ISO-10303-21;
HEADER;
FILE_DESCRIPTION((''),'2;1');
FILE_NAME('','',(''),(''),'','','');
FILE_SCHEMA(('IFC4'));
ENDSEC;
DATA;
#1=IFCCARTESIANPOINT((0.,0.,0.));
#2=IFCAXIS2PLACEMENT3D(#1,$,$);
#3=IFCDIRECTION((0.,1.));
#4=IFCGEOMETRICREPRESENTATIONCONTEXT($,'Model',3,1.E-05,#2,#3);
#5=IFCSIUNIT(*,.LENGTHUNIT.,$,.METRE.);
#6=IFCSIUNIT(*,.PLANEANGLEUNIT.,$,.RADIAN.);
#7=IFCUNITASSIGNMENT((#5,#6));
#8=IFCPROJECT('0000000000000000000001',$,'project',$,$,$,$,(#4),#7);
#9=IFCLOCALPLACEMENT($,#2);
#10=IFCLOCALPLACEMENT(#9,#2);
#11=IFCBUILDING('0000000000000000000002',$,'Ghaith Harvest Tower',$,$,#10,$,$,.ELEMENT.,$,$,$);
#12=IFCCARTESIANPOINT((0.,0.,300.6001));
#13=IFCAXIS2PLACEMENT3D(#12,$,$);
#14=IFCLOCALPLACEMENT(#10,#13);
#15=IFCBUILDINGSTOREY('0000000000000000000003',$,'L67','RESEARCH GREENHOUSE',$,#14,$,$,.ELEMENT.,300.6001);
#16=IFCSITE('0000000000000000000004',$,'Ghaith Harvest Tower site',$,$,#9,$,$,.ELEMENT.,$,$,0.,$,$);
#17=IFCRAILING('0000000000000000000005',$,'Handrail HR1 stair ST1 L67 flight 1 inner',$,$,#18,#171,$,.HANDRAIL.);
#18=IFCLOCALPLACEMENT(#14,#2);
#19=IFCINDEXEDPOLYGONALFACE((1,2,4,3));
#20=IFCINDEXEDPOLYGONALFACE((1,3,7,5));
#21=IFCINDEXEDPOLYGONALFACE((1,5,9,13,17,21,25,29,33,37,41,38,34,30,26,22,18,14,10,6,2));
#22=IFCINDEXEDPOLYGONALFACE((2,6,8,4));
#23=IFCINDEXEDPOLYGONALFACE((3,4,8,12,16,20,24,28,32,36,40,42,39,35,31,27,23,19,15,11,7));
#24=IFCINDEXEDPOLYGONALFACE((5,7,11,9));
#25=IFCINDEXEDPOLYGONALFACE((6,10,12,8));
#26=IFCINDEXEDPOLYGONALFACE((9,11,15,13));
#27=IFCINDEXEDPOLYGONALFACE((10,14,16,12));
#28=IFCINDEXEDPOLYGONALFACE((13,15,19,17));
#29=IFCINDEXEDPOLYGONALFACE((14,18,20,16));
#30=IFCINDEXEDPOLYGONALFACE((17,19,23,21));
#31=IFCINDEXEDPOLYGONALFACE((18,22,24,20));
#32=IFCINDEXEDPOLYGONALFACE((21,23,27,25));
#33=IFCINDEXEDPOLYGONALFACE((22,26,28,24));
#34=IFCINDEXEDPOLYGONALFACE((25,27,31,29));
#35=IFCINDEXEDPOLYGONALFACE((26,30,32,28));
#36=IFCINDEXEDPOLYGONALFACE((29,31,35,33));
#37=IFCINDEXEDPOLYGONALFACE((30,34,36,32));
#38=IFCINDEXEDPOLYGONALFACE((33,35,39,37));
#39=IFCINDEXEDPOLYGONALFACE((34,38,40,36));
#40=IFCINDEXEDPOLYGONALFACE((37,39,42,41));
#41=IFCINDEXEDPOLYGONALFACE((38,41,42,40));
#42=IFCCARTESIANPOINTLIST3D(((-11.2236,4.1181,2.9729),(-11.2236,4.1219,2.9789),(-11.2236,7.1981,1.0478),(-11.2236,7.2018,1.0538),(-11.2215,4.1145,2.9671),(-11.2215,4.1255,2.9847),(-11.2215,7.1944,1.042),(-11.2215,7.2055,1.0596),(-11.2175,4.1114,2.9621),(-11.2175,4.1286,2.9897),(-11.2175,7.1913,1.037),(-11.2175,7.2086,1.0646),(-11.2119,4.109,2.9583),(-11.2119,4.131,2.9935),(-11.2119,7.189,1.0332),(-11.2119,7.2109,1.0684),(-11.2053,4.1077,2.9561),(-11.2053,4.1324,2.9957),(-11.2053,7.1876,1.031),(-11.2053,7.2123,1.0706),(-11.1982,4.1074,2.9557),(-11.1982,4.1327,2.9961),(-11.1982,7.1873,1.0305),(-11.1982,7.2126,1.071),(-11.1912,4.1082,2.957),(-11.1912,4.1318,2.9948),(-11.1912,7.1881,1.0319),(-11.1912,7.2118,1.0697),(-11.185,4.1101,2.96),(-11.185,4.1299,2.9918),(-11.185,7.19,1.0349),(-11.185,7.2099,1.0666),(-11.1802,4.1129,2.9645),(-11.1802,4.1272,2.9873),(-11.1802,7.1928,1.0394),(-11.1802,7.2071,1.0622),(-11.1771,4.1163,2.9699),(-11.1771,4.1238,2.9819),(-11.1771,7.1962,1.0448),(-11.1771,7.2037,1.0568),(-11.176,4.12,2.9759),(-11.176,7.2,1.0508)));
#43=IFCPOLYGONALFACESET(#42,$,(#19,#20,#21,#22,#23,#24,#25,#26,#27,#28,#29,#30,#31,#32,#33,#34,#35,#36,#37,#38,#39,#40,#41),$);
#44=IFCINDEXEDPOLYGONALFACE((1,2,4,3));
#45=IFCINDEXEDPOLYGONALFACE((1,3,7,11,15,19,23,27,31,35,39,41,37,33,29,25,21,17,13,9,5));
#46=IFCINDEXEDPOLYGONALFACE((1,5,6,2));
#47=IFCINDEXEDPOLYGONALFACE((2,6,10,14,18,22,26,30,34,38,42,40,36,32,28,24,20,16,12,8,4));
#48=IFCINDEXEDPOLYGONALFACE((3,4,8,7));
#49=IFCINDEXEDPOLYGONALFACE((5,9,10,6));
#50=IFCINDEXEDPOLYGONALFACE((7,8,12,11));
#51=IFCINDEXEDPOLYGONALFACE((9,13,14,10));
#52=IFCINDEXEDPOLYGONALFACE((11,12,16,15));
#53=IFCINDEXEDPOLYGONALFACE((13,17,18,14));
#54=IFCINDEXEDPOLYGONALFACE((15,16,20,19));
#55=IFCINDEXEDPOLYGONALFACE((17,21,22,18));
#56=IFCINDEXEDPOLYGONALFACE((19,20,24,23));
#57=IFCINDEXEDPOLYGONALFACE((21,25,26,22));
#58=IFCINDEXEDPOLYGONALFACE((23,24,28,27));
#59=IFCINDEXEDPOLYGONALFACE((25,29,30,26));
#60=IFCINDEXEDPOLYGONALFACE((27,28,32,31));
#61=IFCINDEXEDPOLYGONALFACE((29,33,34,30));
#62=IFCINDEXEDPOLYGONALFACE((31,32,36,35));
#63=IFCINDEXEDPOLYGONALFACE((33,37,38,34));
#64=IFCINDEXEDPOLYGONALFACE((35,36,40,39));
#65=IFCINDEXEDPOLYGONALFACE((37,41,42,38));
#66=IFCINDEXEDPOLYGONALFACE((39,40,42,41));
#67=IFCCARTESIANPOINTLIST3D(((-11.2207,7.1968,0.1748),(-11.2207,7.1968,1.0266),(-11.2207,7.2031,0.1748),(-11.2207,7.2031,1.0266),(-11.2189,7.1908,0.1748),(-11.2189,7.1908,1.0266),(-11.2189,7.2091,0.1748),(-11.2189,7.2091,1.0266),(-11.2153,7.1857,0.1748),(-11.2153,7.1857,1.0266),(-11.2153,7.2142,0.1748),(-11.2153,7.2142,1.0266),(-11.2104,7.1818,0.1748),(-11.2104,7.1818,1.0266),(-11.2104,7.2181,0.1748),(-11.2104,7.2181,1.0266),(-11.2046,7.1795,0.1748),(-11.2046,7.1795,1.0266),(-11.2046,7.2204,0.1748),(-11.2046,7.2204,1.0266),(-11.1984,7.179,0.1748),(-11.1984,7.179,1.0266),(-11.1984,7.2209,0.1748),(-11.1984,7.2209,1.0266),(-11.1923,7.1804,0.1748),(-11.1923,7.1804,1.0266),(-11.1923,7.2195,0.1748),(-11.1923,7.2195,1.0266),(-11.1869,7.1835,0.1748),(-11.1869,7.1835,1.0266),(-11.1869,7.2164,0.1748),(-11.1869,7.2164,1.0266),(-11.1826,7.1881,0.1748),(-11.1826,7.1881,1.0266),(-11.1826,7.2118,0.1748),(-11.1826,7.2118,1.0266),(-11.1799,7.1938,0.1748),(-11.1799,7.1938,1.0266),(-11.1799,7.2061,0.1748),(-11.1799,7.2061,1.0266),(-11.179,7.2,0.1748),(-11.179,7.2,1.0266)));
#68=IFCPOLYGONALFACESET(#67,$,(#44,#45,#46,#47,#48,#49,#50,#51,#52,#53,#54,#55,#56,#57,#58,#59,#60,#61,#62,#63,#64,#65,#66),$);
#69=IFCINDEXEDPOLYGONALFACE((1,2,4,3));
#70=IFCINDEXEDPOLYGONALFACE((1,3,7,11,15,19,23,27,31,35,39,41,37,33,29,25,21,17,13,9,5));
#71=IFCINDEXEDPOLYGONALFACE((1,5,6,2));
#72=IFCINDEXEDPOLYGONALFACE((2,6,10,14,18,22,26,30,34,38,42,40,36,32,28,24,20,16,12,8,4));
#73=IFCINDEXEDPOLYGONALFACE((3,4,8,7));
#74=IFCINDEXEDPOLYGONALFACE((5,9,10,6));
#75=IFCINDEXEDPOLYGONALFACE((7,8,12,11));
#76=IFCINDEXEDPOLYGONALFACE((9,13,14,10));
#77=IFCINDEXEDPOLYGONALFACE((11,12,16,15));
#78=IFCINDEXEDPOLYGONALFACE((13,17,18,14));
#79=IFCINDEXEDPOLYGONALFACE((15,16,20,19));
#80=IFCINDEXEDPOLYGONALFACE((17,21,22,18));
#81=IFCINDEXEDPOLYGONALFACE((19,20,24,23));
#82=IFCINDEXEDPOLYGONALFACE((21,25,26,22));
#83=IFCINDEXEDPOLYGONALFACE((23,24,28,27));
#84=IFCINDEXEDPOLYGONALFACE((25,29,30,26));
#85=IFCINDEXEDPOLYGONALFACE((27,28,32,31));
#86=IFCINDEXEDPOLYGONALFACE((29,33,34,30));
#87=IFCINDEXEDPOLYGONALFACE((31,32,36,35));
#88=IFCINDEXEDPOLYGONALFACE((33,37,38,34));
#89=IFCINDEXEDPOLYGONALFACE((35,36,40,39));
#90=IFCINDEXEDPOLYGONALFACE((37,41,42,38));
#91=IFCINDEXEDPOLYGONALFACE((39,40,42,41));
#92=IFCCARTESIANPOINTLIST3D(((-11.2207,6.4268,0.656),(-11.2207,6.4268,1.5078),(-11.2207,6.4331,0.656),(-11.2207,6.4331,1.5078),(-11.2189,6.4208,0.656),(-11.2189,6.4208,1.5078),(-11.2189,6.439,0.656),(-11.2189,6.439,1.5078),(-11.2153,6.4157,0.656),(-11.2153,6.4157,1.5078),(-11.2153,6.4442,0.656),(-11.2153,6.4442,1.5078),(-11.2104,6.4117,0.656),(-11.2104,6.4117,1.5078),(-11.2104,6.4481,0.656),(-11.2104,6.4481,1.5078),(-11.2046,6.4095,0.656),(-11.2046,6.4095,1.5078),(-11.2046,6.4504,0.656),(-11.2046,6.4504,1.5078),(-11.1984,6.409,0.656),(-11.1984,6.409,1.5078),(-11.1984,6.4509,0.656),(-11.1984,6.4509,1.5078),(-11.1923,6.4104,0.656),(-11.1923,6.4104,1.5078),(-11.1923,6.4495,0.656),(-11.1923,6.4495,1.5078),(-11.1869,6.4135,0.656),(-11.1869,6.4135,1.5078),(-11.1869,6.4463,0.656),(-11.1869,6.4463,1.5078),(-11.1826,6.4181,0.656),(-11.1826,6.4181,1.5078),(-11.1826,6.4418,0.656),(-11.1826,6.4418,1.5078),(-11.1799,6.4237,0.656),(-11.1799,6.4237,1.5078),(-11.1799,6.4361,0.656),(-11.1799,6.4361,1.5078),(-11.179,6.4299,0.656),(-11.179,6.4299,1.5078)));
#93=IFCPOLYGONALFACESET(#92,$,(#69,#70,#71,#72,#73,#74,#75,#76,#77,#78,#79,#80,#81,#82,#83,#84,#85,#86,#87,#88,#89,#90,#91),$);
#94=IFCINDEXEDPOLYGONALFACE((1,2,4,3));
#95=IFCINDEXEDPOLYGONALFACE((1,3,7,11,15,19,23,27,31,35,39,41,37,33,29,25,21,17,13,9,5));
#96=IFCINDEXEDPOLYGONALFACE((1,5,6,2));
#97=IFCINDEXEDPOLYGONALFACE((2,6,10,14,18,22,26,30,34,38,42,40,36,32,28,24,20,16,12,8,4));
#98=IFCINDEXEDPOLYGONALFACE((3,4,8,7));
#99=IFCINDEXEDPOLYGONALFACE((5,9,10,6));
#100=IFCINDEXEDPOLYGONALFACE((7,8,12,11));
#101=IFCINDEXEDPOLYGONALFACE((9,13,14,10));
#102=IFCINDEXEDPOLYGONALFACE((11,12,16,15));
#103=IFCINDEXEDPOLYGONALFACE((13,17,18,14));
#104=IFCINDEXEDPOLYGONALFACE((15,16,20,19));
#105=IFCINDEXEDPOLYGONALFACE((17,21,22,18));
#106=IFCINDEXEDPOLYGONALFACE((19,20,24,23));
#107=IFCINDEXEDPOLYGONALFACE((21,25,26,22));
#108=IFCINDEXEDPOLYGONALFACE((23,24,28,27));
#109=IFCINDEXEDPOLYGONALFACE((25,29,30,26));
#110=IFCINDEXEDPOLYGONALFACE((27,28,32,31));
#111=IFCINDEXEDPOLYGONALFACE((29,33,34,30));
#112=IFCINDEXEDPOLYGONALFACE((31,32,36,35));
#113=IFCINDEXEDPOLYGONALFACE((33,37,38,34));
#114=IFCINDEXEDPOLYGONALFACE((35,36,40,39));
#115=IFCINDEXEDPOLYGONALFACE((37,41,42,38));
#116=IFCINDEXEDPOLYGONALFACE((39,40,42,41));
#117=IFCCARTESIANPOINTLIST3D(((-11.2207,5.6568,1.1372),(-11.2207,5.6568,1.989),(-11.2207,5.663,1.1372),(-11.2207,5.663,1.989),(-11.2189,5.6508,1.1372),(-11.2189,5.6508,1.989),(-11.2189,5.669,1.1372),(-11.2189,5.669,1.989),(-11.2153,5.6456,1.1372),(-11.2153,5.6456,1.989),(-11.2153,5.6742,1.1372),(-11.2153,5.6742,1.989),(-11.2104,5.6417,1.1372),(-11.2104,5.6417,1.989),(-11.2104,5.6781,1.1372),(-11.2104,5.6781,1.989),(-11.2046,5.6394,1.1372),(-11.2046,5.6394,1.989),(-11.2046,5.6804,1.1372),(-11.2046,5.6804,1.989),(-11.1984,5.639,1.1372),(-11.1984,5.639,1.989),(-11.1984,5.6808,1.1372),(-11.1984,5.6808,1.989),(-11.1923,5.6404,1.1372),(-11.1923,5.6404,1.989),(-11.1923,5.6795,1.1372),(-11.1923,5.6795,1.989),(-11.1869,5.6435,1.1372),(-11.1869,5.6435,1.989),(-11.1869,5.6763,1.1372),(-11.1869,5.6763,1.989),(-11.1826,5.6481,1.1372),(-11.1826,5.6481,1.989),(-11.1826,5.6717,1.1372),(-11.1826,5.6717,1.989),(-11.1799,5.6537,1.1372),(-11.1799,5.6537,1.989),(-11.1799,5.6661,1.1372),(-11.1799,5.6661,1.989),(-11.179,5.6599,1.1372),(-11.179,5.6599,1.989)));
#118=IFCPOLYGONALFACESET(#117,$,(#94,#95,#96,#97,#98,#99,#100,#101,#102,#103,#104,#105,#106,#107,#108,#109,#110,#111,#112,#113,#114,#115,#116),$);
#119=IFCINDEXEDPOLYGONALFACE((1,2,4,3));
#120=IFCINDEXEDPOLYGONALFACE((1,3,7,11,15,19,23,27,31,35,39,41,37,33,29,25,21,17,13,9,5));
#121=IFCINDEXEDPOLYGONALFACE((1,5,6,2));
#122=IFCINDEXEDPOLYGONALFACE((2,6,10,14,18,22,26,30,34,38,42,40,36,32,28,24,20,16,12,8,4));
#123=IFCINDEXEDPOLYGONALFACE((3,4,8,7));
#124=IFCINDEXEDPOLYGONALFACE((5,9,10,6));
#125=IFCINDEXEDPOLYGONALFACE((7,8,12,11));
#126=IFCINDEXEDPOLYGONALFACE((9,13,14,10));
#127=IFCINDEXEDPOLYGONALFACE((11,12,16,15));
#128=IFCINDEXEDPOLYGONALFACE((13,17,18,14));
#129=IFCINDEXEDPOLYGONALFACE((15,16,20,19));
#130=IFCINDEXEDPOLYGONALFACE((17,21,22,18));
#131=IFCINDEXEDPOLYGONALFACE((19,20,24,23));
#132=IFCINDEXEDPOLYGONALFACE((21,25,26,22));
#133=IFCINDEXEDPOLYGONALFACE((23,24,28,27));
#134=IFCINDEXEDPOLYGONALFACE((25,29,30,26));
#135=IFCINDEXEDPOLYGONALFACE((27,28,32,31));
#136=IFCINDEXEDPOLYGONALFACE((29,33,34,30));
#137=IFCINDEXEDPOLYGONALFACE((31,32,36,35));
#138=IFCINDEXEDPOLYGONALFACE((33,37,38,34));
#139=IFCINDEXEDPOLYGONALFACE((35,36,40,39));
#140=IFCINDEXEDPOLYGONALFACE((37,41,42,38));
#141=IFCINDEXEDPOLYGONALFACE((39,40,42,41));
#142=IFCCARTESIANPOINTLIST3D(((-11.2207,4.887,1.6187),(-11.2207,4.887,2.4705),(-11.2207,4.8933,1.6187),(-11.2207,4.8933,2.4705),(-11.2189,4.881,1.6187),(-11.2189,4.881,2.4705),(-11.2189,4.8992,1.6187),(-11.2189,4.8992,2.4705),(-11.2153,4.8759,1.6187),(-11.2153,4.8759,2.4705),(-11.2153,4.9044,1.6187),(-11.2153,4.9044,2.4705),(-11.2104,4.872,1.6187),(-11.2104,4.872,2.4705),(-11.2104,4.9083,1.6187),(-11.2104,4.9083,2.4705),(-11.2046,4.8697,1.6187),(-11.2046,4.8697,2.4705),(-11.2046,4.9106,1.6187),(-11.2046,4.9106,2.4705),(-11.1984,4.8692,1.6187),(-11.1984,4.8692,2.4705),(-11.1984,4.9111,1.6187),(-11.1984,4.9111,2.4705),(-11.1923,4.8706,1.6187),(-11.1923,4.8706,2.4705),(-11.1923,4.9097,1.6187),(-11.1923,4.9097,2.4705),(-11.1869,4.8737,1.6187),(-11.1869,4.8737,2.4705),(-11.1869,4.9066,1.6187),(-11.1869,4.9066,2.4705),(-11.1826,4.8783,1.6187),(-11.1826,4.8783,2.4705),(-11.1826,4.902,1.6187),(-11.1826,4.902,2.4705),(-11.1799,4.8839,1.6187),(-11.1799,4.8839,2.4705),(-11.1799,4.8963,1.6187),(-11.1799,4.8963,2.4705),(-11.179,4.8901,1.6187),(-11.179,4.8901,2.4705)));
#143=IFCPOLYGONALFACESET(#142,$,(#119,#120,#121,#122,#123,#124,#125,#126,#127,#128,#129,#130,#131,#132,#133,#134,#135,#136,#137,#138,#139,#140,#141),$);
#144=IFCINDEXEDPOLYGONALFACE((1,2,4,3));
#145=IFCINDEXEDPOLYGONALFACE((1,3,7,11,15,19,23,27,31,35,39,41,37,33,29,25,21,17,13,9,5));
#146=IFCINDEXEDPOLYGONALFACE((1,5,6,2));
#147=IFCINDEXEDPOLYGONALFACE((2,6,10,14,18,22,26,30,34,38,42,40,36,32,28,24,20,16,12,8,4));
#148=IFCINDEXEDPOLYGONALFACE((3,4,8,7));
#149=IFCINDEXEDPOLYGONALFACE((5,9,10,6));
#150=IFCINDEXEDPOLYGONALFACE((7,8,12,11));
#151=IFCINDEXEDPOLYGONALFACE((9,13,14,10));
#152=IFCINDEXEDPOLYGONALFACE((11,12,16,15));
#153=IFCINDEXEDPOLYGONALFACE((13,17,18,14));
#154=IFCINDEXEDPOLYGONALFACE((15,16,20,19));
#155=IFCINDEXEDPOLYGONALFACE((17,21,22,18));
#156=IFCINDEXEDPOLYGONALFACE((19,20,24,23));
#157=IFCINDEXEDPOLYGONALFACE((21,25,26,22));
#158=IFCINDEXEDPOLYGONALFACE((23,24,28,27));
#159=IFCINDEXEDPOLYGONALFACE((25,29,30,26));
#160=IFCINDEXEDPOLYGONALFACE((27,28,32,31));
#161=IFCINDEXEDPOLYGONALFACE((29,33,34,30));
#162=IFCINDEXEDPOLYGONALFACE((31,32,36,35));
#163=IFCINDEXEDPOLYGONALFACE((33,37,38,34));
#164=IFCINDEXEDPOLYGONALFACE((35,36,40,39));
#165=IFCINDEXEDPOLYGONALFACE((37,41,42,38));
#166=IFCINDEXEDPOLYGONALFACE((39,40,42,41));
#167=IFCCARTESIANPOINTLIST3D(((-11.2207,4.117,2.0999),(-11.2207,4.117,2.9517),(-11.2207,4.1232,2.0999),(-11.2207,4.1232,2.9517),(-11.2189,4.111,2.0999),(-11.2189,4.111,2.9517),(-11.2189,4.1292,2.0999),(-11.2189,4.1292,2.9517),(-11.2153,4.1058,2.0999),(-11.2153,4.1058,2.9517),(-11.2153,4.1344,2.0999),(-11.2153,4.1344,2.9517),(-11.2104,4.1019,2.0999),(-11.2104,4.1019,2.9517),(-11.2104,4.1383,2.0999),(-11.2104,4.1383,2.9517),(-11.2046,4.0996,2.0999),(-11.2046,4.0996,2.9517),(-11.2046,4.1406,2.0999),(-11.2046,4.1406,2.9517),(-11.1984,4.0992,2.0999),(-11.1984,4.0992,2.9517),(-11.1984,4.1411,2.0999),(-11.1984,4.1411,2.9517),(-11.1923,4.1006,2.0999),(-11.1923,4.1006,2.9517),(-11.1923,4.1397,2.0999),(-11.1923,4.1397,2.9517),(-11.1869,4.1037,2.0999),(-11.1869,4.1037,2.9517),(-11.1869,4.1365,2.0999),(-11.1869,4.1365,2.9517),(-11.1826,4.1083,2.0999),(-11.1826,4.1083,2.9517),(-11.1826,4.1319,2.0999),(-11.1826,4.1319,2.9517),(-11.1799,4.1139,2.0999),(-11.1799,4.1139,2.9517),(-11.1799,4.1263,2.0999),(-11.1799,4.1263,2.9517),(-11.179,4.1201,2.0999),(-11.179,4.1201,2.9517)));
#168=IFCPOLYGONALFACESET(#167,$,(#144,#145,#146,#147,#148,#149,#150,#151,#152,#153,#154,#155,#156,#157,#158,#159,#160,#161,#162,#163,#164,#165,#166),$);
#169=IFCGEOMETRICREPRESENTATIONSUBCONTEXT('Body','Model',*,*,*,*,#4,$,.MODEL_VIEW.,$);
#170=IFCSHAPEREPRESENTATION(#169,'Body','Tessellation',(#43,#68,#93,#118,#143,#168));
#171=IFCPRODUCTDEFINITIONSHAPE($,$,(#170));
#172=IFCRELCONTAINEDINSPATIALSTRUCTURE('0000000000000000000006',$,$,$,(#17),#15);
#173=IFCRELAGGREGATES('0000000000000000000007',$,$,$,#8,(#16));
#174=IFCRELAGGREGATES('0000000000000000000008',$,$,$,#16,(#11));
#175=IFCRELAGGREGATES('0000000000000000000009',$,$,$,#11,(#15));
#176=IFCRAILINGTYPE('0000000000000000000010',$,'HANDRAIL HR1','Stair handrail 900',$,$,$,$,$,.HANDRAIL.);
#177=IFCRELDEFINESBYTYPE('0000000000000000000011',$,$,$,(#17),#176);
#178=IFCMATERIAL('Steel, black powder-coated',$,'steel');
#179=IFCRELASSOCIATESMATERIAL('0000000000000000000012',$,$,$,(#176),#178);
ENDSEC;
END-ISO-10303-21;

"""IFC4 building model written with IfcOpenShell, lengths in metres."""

from ifc_helpers import new_model, si_unit, direction, frame, origin, origin_2d, place, context, subcontext, project, spatial, circle, extrude, material, type_object, element, save


model = new_model("IFC4")

# Units and contexts
model_context = context("Model", 3, precision=1e-05, world=origin(), true_north=direction((0.0, 1.0)))
body_context = subcontext(model_context, "Body", "Model", "MODEL_VIEW")
ifc_project = project(units=[si_unit("LENGTHUNIT", "METRE"), si_unit("PLANEANGLEUNIT", "RADIAN")], contexts=[model_context])

# Site, building, storey
site_placement = place(None, origin())
site = spatial("IfcSite", under=ifc_project, at=site_placement, Name="Ghaith Harvest Tower site", CompositionType="ELEMENT", RefElevation=0.0)
building_placement = place(site_placement, origin())
building = spatial("IfcBuilding", under=site, at=building_placement, Name="Ghaith Harvest Tower", CompositionType="ELEMENT")
storey_placement = place(building_placement, frame((0.0, 0.0, 300.6001)))
storey = spatial("IfcBuildingStorey", under=building, at=storey_placement, Name="L67", Description="RESEARCH GREENHOUSE", CompositionType="ELEMENT", Elevation=300.6001)

# Railing
ifc_material_1 = material(Name="Steel, black powder-coated", Category="steel")
railing_type = type_object("IfcRailingType", Name="HANDRAIL HR1", Description="Stair handrail 900", PredefinedType="HANDRAIL", material=ifc_material_1)
railing_1_placement = place(storey_placement, frame((-11.2, 7.2, 0.1748)))
element("IfcRailing", 1, at=railing_1_placement, inside=storey, type_object=railing_type, Name="Handrail HR1 stair ST1 L67 flight 1 inner", PredefinedType="HANDRAIL", context=body_context, shape_type="SweptSolid", body=[
    extrude(circle(Radius=0.0239, at=origin_2d()), frame((0.0, 0.0, 0.876), z_axis=(0.0, -0.847979, 0.530029), x_axis=(1.0, 0.0, 0.0)), (0.0, 0.0, 1.0), 3.6321),
    extrude(circle(Radius=0.021, at=origin_2d()), origin(), (0.0, 0.0, 1.0), 0.8518),
    extrude(circle(Radius=0.021, at=origin_2d()), frame((0.0, -0.77, 0.4812)), (0.0, 0.0, 1.0), 0.8518),
    extrude(circle(Radius=0.021, at=origin_2d()), frame((0.0, -1.54, 0.9624)), (0.0, 0.0, 1.0), 0.8518),
    extrude(circle(Radius=0.021, at=origin_2d()), frame((0.0, -2.3098, 1.4438)), (0.0, 0.0, 1.0), 0.8518),
    extrude(circle(Radius=0.021, at=origin_2d()), frame((0.0, -3.0798, 1.925)), (0.0, 0.0, 1.0), 0.8518),
])

save(model, "model.ifc")
